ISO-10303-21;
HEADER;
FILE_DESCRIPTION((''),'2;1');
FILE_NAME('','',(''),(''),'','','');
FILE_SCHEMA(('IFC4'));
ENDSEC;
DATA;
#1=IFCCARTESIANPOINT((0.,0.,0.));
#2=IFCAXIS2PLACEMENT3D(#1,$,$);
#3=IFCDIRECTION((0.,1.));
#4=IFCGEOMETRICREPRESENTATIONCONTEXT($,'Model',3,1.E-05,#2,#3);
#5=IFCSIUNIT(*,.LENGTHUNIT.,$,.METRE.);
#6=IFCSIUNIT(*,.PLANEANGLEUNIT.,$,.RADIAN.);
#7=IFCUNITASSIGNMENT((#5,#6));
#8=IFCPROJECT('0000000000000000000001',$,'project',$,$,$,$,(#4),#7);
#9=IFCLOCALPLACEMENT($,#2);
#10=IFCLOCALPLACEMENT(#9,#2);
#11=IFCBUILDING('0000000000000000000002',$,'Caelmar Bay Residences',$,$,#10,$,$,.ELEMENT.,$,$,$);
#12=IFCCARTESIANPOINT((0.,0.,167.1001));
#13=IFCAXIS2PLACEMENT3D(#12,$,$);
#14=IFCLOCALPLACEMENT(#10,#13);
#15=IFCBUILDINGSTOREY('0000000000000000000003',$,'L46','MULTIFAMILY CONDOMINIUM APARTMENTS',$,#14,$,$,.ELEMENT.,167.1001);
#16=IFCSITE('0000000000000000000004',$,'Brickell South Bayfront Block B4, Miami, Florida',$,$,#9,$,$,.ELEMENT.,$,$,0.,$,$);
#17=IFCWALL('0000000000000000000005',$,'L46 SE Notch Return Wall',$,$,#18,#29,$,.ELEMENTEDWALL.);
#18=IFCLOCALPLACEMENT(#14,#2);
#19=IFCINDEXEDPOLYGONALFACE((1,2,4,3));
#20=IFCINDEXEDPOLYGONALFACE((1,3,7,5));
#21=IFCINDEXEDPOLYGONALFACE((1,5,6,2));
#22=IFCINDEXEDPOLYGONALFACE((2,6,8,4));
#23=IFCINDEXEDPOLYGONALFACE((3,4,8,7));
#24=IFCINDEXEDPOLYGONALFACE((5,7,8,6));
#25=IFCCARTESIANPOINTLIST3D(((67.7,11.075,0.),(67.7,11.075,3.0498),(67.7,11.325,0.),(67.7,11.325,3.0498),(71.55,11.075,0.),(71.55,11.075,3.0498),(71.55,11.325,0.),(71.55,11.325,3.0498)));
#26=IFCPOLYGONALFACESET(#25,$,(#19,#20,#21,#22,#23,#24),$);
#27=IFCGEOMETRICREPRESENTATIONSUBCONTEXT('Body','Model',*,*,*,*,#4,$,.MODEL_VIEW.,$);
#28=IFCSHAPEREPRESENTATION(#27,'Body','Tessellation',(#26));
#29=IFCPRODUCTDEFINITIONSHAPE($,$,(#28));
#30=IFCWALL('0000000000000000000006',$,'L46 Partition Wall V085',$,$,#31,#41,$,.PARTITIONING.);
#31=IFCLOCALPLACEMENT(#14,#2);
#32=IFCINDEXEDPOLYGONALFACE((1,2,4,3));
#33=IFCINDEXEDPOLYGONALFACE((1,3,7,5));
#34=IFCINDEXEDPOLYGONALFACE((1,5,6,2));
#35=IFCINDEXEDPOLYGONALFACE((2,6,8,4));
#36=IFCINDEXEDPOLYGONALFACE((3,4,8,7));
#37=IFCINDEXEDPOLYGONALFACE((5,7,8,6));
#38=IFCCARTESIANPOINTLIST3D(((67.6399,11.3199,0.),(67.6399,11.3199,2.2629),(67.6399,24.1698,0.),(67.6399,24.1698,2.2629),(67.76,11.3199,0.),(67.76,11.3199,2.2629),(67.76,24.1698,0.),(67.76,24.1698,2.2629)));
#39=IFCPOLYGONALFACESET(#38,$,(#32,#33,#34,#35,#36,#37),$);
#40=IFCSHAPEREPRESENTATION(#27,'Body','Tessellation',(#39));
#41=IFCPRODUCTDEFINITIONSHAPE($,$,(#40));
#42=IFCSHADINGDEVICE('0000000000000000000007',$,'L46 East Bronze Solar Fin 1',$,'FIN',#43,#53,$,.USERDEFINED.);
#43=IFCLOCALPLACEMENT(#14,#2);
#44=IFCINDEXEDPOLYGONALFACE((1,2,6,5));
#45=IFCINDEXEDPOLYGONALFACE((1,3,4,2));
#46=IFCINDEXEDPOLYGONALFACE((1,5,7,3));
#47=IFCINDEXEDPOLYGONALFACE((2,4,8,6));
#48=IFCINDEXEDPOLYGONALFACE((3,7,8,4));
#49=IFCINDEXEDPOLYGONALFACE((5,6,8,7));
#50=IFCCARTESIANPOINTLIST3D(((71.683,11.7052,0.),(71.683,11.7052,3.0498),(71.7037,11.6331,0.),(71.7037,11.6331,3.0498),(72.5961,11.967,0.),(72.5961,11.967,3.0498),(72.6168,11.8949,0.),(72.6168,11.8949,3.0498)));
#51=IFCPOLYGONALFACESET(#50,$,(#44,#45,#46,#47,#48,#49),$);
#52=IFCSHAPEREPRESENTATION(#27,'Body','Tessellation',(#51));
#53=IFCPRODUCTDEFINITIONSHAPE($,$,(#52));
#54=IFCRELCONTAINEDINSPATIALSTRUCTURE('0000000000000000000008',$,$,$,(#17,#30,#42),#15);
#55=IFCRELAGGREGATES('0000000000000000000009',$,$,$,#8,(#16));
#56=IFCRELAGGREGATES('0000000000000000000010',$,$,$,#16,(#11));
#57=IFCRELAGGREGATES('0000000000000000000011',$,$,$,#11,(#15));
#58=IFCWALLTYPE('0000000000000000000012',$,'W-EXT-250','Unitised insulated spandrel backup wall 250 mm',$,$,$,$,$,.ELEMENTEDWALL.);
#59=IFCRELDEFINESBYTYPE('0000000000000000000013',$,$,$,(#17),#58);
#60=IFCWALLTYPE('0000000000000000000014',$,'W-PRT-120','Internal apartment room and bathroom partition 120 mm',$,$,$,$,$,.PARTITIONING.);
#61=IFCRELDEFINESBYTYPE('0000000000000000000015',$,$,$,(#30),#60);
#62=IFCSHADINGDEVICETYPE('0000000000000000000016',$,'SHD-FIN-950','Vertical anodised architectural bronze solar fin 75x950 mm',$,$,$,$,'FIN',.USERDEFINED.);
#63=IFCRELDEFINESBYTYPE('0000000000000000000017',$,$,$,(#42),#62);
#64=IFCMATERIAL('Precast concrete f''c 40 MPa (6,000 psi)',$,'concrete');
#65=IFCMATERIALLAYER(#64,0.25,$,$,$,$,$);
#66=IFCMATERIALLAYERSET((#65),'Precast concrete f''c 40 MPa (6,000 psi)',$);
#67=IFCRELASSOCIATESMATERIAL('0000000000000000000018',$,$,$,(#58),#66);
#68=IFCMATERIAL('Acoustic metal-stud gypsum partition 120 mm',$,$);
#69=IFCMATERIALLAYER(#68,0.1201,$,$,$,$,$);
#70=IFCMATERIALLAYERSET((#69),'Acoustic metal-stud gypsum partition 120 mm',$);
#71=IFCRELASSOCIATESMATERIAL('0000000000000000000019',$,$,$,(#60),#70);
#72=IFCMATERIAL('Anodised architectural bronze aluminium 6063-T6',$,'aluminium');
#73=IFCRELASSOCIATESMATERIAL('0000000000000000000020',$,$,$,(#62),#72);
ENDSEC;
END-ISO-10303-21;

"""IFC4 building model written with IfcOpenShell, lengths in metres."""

from ifc_helpers import new_model, si_unit, direction, frame, frame_2d, origin, origin_2d, place, context, subcontext, project, spatial, rectangle, extrude, material, layer, layer_set, material_profile, profile_set, type_object, element, save


model = new_model("IFC4")

# Units and contexts
model_context = context("Model", 3, precision=1e-05, world=origin(), true_north=direction((0.0, 1.0)))
body_context = subcontext(model_context, "Body", "Model", "MODEL_VIEW")
ifc_project = project(units=[si_unit("LENGTHUNIT", "METRE"), si_unit("PLANEANGLEUNIT", "RADIAN")], contexts=[model_context])

# Site, building, storey
site_placement = place(None, origin())
site = spatial("IfcSite", under=ifc_project, at=site_placement, Name="Brickell South Bayfront Block B4, Miami, Florida", CompositionType="ELEMENT", RefElevation=0.0)
building_placement = place(site_placement, origin())
building = spatial("IfcBuilding", under=site, at=building_placement, Name="Caelmar Bay Residences", CompositionType="ELEMENT")
storey_placement = place(building_placement, frame((0.0, 0.0, 167.1001)))
storey = spatial("IfcBuildingStorey", under=building, at=storey_placement, Name="L46", Description="MULTIFAMILY CONDOMINIUM APARTMENTS", CompositionType="ELEMENT", Elevation=167.1001)

# Walls
ifc_material_1 = material(Name="Precast concrete f'c 40 MPa (6,000 psi)", Category="concrete")
ifc_layer_1 = layer(ifc_material_1, 0.25)
ifc_layer_set_1 = layer_set([ifc_layer_1], Name="Precast concrete f'c 40 MPa (6,000 psi)")
wall_type_1 = type_object("IfcWallType", Name="W-EXT-250", Description="Unitised insulated spandrel backup wall 250 mm", PredefinedType="ELEMENTEDWALL", material=ifc_layer_set_1)
wall_1_placement = place(storey_placement, frame((67.7, 11.2, 0.0), z_axis=(0.0, 0.0, 1.0), x_axis=(1.0, 0.0, 0.0)))
element("IfcWall", 1, at=wall_1_placement, inside=storey, type_object=wall_type_1, Name="L46 SE Notch Return Wall", PredefinedType="ELEMENTEDWALL", context=body_context, shape_type="SweptSolid", body=[
    extrude(rectangle(XDim=3.8501, YDim=0.25, at=frame_2d((1.925, 0.0))), origin(), (0.0, 0.0, 1.0), 3.0498),
])
ifc_material_2 = material(Name="Acoustic metal-stud gypsum partition 120 mm")
ifc_layer_2 = layer(ifc_material_2, 0.1201)
ifc_layer_set_2 = layer_set([ifc_layer_2], Name="Acoustic metal-stud gypsum partition 120 mm")
wall_type_2 = type_object("IfcWallType", Name="W-PRT-120", Description="Internal apartment room and bathroom partition 120 mm", PredefinedType="PARTITIONING", material=ifc_layer_set_2)
wall_2_placement = place(storey_placement, frame((67.7, 11.3201, 0.0), z_axis=(0.0, 0.0, 1.0), x_axis=(0.0, 1.0, 0.0)))
element("IfcWall", 2, at=wall_2_placement, inside=storey, type_object=wall_type_2, Name="L46 Partition Wall V085", PredefinedType="PARTITIONING", context=body_context, shape_type="SweptSolid", body=[
    extrude(rectangle(XDim=12.8499, YDim=0.1201, at=frame_2d((6.4248, 0.0))), origin(), (0.0, 0.0, 1.0), 2.2629),
])

# Shading device
ifc_material_3 = material(Name="Anodised architectural bronze aluminium 6063-T6", Category="aluminium")
ifc_material_profile_1 = material_profile(ifc_material_3, rectangle(XDim=0.075, YDim=0.95, at=origin_2d()), Name="BRONZE-FIN-75X950")
ifc_profile_set_1 = profile_set([ifc_material_profile_1], Name="Anodised architectural bronze aluminium 6063-T6")
shading_device_type = type_object("IfcShadingDeviceType", Name="SHD-FIN-950", Description="Vertical anodised architectural bronze solar fin 75x950 mm", ElementType="FIN", PredefinedType="USERDEFINED", material=ifc_profile_set_1)
shading_device_placement = place(storey_placement, frame((72.1499, 11.8, 0.0), z_axis=(0.0, 0.0, 1.0), x_axis=(-0.275637, 0.961262, 0.0)))
element("IfcShadingDevice", 3, at=shading_device_placement, inside=storey, type_object=shading_device_type, Name="L46 East Bronze Solar Fin 1", ObjectType="FIN", PredefinedType="USERDEFINED", context=body_context, shape_type="SweptSolid", body=[
    extrude(rectangle(XDim=0.075, YDim=0.95, at=origin_2d()), origin(), (0.0, 0.0, 1.0), 3.0498),
])

save(model, "model.ifc")
